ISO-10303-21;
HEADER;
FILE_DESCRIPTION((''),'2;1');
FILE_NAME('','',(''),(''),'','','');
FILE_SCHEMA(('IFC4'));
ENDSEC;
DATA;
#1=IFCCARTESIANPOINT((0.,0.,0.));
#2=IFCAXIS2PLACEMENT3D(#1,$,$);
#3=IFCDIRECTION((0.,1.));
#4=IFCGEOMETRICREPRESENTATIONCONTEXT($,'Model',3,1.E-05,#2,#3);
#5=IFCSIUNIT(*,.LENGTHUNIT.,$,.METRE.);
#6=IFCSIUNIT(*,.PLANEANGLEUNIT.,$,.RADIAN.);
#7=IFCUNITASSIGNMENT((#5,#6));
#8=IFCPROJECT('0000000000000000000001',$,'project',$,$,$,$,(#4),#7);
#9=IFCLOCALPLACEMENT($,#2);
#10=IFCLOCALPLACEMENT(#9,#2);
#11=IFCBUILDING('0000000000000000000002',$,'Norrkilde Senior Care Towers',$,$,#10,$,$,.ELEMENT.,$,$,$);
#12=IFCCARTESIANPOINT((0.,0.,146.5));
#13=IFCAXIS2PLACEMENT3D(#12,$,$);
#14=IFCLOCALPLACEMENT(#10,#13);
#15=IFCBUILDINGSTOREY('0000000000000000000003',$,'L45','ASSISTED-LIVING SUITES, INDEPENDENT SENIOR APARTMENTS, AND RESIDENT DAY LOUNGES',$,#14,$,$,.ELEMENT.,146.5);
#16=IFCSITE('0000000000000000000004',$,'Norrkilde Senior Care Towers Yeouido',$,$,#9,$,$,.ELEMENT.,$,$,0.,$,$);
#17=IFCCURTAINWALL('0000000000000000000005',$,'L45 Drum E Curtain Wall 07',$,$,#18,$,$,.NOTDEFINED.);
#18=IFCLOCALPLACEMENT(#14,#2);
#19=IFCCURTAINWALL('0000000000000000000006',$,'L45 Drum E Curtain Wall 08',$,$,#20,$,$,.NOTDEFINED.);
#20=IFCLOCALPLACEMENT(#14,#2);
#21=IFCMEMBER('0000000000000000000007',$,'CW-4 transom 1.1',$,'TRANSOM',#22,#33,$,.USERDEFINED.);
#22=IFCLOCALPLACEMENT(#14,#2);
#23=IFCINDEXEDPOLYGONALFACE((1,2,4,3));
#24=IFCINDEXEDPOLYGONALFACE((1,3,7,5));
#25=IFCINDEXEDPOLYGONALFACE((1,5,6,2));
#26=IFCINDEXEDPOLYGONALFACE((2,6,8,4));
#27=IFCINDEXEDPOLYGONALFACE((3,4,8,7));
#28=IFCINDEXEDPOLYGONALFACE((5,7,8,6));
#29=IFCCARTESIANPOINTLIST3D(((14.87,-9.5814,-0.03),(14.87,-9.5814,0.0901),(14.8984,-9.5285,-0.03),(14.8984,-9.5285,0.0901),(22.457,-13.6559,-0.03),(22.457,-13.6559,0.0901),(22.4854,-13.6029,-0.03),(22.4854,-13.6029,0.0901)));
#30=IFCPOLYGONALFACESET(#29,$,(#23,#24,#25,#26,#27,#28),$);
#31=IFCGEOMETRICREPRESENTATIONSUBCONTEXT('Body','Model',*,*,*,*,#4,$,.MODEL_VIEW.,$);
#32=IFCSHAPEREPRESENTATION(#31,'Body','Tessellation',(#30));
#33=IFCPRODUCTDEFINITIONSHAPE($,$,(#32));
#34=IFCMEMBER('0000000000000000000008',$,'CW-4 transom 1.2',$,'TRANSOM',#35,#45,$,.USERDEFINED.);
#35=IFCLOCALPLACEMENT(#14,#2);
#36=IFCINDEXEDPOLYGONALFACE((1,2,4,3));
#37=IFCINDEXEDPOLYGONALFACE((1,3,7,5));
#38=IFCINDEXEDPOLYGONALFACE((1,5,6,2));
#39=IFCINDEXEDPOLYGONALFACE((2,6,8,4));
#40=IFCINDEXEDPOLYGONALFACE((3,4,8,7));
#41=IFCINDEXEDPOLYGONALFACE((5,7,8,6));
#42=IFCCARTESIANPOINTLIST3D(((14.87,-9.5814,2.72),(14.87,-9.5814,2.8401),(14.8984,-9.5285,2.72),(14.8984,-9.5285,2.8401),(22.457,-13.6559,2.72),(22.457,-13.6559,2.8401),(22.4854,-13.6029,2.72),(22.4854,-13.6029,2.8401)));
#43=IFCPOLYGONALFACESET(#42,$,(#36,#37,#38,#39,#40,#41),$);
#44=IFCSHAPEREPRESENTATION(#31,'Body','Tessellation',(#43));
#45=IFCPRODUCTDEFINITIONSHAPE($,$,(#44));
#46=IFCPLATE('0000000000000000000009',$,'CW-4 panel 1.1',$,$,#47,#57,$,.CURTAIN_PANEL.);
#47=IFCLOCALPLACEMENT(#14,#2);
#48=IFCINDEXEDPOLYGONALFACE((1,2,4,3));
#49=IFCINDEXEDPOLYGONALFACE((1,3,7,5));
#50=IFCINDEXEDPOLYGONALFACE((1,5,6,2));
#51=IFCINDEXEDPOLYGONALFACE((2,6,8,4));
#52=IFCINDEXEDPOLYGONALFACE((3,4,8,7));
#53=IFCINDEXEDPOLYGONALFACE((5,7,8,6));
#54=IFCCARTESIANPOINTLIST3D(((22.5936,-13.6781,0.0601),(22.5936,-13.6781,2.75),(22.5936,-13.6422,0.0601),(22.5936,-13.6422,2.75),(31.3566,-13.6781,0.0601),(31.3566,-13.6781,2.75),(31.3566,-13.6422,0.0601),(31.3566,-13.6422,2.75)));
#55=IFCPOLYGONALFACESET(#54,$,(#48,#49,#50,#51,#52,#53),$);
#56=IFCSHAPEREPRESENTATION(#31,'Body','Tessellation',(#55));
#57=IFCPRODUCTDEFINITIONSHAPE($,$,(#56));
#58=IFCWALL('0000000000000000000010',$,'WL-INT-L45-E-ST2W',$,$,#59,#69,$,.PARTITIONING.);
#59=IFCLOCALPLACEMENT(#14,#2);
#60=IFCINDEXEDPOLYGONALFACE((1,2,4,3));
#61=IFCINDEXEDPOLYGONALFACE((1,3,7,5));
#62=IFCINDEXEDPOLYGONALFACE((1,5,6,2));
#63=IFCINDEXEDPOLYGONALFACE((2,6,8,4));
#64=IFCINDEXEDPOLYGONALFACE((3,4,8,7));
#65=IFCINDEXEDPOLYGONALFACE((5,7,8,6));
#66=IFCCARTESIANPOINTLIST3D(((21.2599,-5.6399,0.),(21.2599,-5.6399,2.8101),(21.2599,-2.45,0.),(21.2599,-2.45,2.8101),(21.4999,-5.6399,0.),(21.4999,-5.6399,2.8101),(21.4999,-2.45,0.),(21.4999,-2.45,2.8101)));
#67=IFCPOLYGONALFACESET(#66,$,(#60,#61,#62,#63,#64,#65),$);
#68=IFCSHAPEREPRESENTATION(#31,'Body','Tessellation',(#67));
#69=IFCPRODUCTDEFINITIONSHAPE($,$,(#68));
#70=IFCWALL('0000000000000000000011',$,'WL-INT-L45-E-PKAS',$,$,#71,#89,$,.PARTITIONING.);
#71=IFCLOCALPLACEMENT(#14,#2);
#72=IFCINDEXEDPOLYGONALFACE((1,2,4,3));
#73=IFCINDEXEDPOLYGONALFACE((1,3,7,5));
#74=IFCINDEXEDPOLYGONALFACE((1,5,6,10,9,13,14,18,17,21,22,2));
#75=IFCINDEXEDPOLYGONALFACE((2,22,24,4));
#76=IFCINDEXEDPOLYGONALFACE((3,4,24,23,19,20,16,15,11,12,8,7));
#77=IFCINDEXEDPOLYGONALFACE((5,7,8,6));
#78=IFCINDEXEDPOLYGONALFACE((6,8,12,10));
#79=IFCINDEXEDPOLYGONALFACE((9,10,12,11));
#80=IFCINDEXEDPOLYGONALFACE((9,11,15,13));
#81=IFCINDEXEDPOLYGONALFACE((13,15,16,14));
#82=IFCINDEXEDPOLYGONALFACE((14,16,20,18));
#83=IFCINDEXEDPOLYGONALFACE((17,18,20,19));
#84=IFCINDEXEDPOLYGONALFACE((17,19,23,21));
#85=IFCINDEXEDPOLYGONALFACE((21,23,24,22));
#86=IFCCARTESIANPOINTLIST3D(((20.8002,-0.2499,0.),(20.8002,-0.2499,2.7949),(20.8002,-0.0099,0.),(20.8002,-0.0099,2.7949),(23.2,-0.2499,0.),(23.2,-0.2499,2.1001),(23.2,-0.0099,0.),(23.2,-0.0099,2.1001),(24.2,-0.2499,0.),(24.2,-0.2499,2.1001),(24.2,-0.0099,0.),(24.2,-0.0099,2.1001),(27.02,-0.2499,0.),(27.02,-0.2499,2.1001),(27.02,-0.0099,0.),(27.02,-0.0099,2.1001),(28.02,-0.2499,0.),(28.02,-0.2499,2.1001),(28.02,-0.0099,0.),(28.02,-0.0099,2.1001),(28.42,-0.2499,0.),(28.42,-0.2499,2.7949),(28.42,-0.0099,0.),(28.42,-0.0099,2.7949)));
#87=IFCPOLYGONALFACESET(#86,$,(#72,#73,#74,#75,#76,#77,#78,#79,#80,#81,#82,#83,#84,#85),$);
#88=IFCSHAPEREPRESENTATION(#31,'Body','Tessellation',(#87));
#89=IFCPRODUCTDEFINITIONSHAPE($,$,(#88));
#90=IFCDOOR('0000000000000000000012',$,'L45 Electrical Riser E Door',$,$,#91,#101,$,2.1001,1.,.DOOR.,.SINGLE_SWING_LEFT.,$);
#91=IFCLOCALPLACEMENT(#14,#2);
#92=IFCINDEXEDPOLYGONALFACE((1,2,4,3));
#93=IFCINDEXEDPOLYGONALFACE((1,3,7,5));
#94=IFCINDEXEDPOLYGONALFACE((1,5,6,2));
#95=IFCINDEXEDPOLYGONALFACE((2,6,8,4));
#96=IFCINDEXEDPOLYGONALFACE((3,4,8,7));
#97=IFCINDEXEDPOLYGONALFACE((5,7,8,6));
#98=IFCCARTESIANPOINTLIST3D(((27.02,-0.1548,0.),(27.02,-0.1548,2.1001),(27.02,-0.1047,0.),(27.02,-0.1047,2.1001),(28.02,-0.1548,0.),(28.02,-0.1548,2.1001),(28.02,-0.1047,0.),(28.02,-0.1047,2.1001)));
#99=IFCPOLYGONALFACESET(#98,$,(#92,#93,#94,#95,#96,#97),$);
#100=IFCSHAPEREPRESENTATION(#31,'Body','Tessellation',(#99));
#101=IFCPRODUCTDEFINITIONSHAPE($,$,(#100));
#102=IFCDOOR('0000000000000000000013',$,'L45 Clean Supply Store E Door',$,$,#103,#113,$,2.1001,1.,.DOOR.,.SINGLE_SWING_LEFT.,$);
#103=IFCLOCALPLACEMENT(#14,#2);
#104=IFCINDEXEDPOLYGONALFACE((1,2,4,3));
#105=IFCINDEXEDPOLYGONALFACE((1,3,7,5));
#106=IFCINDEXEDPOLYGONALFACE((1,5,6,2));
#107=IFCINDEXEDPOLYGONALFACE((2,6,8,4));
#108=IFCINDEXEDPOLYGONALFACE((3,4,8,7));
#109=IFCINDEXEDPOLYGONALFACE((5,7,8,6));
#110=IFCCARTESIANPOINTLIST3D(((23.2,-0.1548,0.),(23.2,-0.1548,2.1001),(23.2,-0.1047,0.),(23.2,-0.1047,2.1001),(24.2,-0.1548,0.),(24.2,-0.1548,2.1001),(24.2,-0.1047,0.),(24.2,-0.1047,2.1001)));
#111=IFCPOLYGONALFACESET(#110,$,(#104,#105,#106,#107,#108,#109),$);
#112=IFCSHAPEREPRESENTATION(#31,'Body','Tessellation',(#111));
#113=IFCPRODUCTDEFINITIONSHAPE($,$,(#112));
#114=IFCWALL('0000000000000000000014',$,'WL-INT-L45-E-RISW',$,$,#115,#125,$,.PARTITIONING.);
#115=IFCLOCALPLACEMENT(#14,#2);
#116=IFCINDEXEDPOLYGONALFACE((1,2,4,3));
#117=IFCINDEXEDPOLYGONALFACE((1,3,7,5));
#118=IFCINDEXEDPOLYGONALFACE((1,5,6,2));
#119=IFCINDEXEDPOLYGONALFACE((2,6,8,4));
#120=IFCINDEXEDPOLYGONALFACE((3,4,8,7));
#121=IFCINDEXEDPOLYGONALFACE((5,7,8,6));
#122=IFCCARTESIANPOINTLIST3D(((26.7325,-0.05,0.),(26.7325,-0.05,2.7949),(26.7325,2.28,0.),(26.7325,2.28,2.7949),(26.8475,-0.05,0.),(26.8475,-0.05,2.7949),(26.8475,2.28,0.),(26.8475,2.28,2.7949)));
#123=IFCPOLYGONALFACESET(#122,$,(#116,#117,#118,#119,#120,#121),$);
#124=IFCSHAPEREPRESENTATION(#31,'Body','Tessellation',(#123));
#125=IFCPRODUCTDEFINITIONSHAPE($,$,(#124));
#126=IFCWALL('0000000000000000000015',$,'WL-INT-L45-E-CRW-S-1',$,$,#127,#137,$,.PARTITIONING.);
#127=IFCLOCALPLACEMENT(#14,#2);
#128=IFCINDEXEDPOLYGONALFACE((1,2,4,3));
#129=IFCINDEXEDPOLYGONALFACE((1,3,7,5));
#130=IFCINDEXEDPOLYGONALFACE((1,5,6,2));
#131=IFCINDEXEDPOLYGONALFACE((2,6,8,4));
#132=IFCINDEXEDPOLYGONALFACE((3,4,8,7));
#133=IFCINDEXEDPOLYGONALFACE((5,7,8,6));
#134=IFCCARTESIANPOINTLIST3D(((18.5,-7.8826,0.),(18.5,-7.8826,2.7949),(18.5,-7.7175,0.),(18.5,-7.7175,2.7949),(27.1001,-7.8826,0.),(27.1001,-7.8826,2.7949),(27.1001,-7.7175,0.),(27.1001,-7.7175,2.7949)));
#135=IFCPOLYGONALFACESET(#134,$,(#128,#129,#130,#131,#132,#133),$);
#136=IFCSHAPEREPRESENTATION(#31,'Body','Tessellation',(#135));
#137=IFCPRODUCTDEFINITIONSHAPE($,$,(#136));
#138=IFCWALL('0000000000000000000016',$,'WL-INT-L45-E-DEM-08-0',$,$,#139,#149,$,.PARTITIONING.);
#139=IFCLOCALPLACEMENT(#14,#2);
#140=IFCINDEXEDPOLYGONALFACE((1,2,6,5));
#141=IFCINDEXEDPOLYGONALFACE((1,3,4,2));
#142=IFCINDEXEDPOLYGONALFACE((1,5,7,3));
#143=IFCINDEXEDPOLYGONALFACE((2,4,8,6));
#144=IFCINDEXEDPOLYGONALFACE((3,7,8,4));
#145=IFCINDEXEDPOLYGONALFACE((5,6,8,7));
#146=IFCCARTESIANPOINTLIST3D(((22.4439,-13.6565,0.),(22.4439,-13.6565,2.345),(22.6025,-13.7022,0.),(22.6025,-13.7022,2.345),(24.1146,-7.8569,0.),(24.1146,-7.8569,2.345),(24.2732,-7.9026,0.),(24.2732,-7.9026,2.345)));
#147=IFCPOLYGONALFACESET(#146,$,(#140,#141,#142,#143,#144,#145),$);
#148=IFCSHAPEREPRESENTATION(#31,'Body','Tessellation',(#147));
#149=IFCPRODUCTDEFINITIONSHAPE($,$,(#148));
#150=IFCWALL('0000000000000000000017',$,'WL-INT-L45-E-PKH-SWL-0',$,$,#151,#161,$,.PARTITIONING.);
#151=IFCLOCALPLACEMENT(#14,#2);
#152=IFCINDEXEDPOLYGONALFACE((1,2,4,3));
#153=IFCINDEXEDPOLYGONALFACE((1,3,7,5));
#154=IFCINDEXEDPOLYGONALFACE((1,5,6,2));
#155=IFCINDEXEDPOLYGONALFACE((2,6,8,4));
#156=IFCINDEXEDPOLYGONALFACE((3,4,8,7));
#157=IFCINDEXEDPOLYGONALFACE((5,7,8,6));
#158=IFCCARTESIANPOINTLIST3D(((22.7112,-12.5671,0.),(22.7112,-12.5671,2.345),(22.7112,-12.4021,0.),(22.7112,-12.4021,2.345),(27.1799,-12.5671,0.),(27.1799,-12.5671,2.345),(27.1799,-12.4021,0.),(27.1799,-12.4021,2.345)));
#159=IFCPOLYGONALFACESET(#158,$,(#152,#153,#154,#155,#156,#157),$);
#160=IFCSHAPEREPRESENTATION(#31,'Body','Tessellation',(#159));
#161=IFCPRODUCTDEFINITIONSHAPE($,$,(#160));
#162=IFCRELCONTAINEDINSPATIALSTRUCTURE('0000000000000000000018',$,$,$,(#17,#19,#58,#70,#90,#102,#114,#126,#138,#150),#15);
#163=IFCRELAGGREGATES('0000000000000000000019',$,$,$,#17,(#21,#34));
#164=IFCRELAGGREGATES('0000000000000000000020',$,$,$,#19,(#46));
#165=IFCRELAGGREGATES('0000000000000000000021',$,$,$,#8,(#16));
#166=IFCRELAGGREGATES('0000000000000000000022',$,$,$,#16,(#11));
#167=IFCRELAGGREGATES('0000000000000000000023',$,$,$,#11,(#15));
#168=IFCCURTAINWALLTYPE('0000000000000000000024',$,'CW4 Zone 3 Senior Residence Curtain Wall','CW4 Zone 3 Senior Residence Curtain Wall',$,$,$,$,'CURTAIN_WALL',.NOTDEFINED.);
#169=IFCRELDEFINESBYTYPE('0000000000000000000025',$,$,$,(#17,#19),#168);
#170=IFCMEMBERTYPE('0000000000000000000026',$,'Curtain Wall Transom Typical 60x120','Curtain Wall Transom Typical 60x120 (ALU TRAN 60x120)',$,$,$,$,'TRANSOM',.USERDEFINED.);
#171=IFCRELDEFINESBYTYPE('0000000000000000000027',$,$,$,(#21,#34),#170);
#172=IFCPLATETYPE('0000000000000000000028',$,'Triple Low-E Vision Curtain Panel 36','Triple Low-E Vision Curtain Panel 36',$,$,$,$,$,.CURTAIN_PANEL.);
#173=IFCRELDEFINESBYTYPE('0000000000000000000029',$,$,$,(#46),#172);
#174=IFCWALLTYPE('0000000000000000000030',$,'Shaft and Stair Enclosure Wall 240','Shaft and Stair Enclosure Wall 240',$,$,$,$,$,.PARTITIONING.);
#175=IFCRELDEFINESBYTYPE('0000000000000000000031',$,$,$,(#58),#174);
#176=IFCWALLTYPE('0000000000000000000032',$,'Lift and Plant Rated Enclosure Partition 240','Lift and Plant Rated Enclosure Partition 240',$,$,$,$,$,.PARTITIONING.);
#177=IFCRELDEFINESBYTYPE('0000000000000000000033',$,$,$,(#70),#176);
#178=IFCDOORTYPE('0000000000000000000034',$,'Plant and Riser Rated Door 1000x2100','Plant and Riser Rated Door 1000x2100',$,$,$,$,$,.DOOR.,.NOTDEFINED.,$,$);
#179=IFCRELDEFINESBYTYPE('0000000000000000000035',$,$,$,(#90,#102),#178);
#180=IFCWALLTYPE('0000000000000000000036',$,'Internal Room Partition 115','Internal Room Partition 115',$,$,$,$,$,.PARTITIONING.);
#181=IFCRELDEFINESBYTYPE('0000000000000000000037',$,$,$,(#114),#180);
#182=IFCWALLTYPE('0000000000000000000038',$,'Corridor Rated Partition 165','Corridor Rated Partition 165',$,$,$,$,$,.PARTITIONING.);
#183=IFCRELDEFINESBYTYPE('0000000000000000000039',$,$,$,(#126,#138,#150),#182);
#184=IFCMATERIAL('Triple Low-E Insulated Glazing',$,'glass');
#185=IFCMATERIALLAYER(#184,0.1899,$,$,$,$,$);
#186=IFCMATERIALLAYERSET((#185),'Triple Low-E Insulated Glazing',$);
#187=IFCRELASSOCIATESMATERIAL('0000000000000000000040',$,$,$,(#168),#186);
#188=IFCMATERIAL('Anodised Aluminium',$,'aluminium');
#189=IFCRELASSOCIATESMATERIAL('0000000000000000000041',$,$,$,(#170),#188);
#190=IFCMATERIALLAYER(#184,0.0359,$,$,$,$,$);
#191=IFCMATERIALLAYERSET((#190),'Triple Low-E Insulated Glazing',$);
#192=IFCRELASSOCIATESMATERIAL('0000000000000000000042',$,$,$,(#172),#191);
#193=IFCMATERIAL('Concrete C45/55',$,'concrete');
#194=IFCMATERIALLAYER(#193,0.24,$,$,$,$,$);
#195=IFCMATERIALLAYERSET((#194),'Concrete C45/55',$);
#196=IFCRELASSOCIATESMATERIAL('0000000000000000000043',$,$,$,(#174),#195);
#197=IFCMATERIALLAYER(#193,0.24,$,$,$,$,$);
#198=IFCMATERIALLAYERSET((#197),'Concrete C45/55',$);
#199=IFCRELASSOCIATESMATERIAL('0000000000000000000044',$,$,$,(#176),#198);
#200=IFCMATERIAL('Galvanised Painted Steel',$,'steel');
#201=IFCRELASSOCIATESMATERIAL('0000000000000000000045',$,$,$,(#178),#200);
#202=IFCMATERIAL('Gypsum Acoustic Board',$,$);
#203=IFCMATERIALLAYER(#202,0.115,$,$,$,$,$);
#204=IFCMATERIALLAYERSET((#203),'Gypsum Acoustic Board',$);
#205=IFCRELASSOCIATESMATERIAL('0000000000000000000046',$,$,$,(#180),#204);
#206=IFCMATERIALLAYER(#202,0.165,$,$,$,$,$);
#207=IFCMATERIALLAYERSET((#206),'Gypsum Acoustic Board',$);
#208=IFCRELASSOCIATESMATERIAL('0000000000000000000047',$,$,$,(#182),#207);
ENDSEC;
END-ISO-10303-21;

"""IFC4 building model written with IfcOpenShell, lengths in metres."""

from ifc_helpers import new_model, si_unit, direction, frame, frame_2d, origin, origin_2d, place, context, subcontext, project, spatial, rectangle, extrude, source, transform, mapped, material, layer, layer_set, material_profile, profile_set, type_object, type_shapes, element, fill, aggregate, save


model = new_model("IFC4")

# Units and contexts
model_context = context("Model", 3, precision=1e-05, world=origin(), true_north=direction((0.0, 1.0)))
body_context = subcontext(model_context, "Body", "Model", "MODEL_VIEW")
ifc_project = project(units=[si_unit("LENGTHUNIT", "METRE"), si_unit("PLANEANGLEUNIT", "RADIAN")], contexts=[model_context])

# Site, building, storey
site_placement = place(None, origin())
site = spatial("IfcSite", under=ifc_project, at=site_placement, Name="Norrkilde Senior Care Towers Yeouido", CompositionType="ELEMENT", RefElevation=0.0)
building_placement = place(site_placement, origin())
building = spatial("IfcBuilding", under=site, at=building_placement, Name="Norrkilde Senior Care Towers", CompositionType="ELEMENT")
storey_placement = place(building_placement, frame((0.0, 0.0, 146.5)))
storey = spatial("IfcBuildingStorey", under=building, at=storey_placement, Name="L45", Description="ASSISTED-LIVING SUITES, INDEPENDENT SENIOR APARTMENTS, AND RESIDENT DAY LOUNGES", CompositionType="ELEMENT", Elevation=146.5)

# Curtain walls
ifc_material_1 = material(Name="Triple Low-E Insulated Glazing", Category="glass")
ifc_layer_1 = layer(ifc_material_1, 0.1899)
ifc_layer_set_1 = layer_set([ifc_layer_1], Name="Triple Low-E Insulated Glazing")
curtain_wall_type = type_object("IfcCurtainWallType", Name="CW4 Zone 3 Senior Residence Curtain Wall", Description="CW4 Zone 3 Senior Residence Curtain Wall", ElementType="CURTAIN_WALL", PredefinedType="NOTDEFINED", material=ifc_layer_set_1)
curtain_wall_1_placement = place(storey_placement, origin())
curtain_wall_1 = element("IfcCurtainWall", 1, at=curtain_wall_1_placement, inside=storey, type_object=curtain_wall_type, Name="L45 Drum E Curtain Wall 07", PredefinedType="NOTDEFINED")
ifc_material_2 = material(Name="Anodised Aluminium", Category="aluminium")
curtain_wall_2_placement = place(storey_placement, origin())
curtain_wall_2 = element("IfcCurtainWall", 2, at=curtain_wall_2_placement, inside=storey, type_object=curtain_wall_type, Name="L45 Drum E Curtain Wall 08", PredefinedType="NOTDEFINED")

# Members
ifc_material_profile_1 = material_profile(ifc_material_2, rectangle(XDim=0.0601, YDim=0.1201, at=origin_2d()), Name="ALU TRAN 60x120")
ifc_profile_set_1 = profile_set([ifc_material_profile_1], Name="Anodised Aluminium")
member_type_1 = type_object("IfcMemberType", Name="Curtain Wall Transom Typical 60x120", Description="Curtain Wall Transom Typical 60x120 (ALU TRAN 60x120)", ElementType="TRANSOM", PredefinedType="USERDEFINED", material=ifc_profile_set_1)
shared_shape_1 = source(origin(), body_context, "Body", "SweptSolid", [
    extrude(rectangle(XDim=0.0601, YDim=0.1201, at=origin_2d()), origin(), (0.0, 0.0, 1.0), 8.6118),
])
type_shapes(member_type_1, [shared_shape_1])
member_1_placement = place(storey_placement, frame((22.4712, -13.6294, 0.03), z_axis=(-0.880994, 0.473127, 0.0), x_axis=(-0.473127, -0.880994, 0.0)))
member_1 = element("IfcMember", 3, at=member_1_placement, type_object=member_type_1, Name="CW-4 transom 1.1", ObjectType="TRANSOM", PredefinedType="USERDEFINED", context=body_context, shape_type="MappedRepresentation", body=[
    mapped(shared_shape_1, transform((0.0, 0.0, 0.0), x_axis=(1.0, 0.0, 0.0), y_axis=(0.0, 1.0, 0.0), z_axis=(0.0, 0.0, 1.0), scale=1.0)),
])
member_2_placement = place(storey_placement, frame((22.4712, -13.6294, 2.78), z_axis=(-0.880994, 0.473127, 0.0), x_axis=(-0.473127, -0.880994, 0.0)))
member_2 = element("IfcMember", 4, at=member_2_placement, type_object=member_type_1, Name="CW-4 transom 1.2", ObjectType="TRANSOM", PredefinedType="USERDEFINED", context=body_context, shape_type="MappedRepresentation", body=[
    mapped(shared_shape_1, transform((0.0, 0.0, 0.0), x_axis=(1.0, 0.0, 0.0), y_axis=(0.0, 1.0, 0.0), z_axis=(0.0, 0.0, 1.0), scale=1.0)),
])
aggregate(curtain_wall_1, [member_1, member_2])

# Plate
ifc_layer_2 = layer(ifc_material_1, 0.0359)
ifc_layer_set_2 = layer_set([ifc_layer_2], Name="Triple Low-E Insulated Glazing")
plate_type = type_object("IfcPlateType", Name="Triple Low-E Vision Curtain Panel 36", Description="Triple Low-E Vision Curtain Panel 36", PredefinedType="CURTAIN_PANEL", material=ifc_layer_set_2)
shared_shape_2 = source(origin(), body_context, "Body", "SweptSolid", [
    extrude(rectangle(XDim=8.7629, YDim=0.0359, at=origin_2d()), origin(), (0.0, 0.0, 1.0), 2.6899),
])
type_shapes(plate_type, [shared_shape_2])
plate_placement = place(storey_placement, frame((26.9751, -13.6602, 0.0601), z_axis=(0.0, 0.0, 1.0), x_axis=(-1.0, 0.0, 0.0)))
plate = element("IfcPlate", 5, at=plate_placement, type_object=plate_type, Name="CW-4 panel 1.1", PredefinedType="CURTAIN_PANEL", context=body_context, shape_type="MappedRepresentation", body=[
    mapped(shared_shape_2, transform((0.0, 0.0, 0.0), x_axis=(1.0, 0.0, 0.0), y_axis=(0.0, 1.0, 0.0), z_axis=(0.0, 0.0, 1.0), scale=1.0)),
])
aggregate(curtain_wall_2, [plate])

# Wall
ifc_material_3 = material(Name="Concrete C45/55", Category="concrete")
ifc_layer_3 = layer(ifc_material_3, 0.24)
ifc_layer_set_3 = layer_set([ifc_layer_3], Name="Concrete C45/55")
wall_type_1 = type_object("IfcWallType", Name="Shaft and Stair Enclosure Wall 240", Description="Shaft and Stair Enclosure Wall 240", PredefinedType="PARTITIONING", material=ifc_layer_set_3)
shared_shape_3 = source(origin(), body_context, "Body", "SweptSolid", [
    extrude(rectangle(XDim=3.1899, YDim=0.24, at=frame_2d((1.595, 0.0))), origin(), (0.0, 0.0, 1.0), 2.8101),
])
type_shapes(wall_type_1, [shared_shape_3])
wall_1_placement = place(storey_placement, frame((21.3799, -5.6399, 0.0), z_axis=(0.0, 0.0, 1.0), x_axis=(0.0, 1.0, 0.0)))
element("IfcWall", 6, at=wall_1_placement, inside=storey, type_object=wall_type_1, Name="WL-INT-L45-E-ST2W", PredefinedType="PARTITIONING", context=body_context, shape_type="MappedRepresentation", body=[
    mapped(shared_shape_3, transform((0.0, 0.0, 0.0), x_axis=(1.0, 0.0, 0.0), y_axis=(0.0, 1.0, 0.0), z_axis=(0.0, 0.0, 1.0), scale=1.0)),
])

# Wall, openings, doors
ifc_layer_4 = layer(ifc_material_3, 0.24)
ifc_layer_set_4 = layer_set([ifc_layer_4], Name="Concrete C45/55")
wall_type_2 = type_object("IfcWallType", Name="Lift and Plant Rated Enclosure Partition 240", Description="Lift and Plant Rated Enclosure Partition 240", PredefinedType="PARTITIONING", material=ifc_layer_set_4)
shared_shape_4 = source(origin(), body_context, "Body", "SweptSolid", [
    extrude(rectangle(XDim=7.6199, YDim=0.24, at=frame_2d((3.8101, 0.0))), origin(), (0.0, 0.0, 1.0), 2.7949),
])
type_shapes(wall_type_2, [shared_shape_4])
wall_2_placement = place(storey_placement, frame((20.8, -0.1299, 0.0), z_axis=(0.0, 0.0, 1.0), x_axis=(1.0, 0.0, 0.0)))
wall_2 = element("IfcWall", 7, at=wall_2_placement, inside=storey, type_object=wall_type_2, Name="WL-INT-L45-E-PKAS", PredefinedType="PARTITIONING", context=body_context, shape_type="MappedRepresentation", body=[
    mapped(shared_shape_4, transform((0.0, 0.0, 0.0), x_axis=(1.0, 0.0, 0.0), y_axis=(0.0, 1.0, 0.0), z_axis=(0.0, 0.0, 1.0), scale=1.0)),
])
opening_1_placement = place(wall_2_placement, frame((6.22, 0.0, 0.0)))
opening_1 = element("IfcOpeningElement", 8, at=opening_1_placement, cuts=wall_2, PredefinedType="OPENING", context=body_context, shape_type="SweptSolid", body=[
    extrude(rectangle(XDim=1.0, YDim=2.1001, at=frame_2d((0.5, 1.05))), frame((0.0, 0.1299, 0.0), z_axis=(0.0, -1.0, 0.0), x_axis=(1.0, 0.0, 0.0)), (0.0, 0.0, 1.0), 0.26),
])
opening_2_placement = place(wall_2_placement, frame((2.3999, 0.0, 0.0)))
opening_2 = element("IfcOpeningElement", 9, at=opening_2_placement, cuts=wall_2, PredefinedType="OPENING", context=body_context, shape_type="SweptSolid", body=[
    extrude(rectangle(XDim=1.0, YDim=2.1001, at=frame_2d((0.5, 1.05))), frame((0.0, 0.1299, 0.0), z_axis=(0.0, -1.0, 0.0), x_axis=(1.0, 0.0, 0.0)), (0.0, 0.0, 1.0), 0.26),
])
ifc_material_4 = material(Name="Galvanised Painted Steel", Category="steel")
door_type = type_object("IfcDoorType", Name="Plant and Riser Rated Door 1000x2100", Description="Plant and Riser Rated Door 1000x2100", OperationType="NOTDEFINED", PredefinedType="DOOR", material=ifc_material_4)
shared_shape_5 = source(origin(), body_context, "Body", "SweptSolid", [
    extrude(rectangle(XDim=1.0, YDim=2.1001, at=frame_2d((0.5, 1.05))), frame((0.0, 0.0249, 0.0), z_axis=(0.0, -1.0, 0.0), x_axis=(1.0, 0.0, 0.0)), (0.0, 0.0, 1.0), 0.05),
])
type_shapes(door_type, [shared_shape_5])
door_1_placement = place(opening_1_placement, frame((1.0, 0.0, 0.0), z_axis=(0.0, 0.0, 1.0), x_axis=(-1.0, 0.0, 0.0)))
door_1 = element("IfcDoor", 10, at=door_1_placement, inside=storey, type_object=door_type, Name="L45 Electrical Riser E Door", OperationType="SINGLE_SWING_LEFT", OverallHeight=2.1001, OverallWidth=1.0, PredefinedType="DOOR", context=body_context, shape_type="MappedRepresentation", body=[
    mapped(shared_shape_5, transform((0.0, 0.0, 0.0), x_axis=(1.0, 0.0, 0.0), y_axis=(0.0, 1.0, 0.0), z_axis=(0.0, 0.0, 1.0), scale=1.0)),
])
fill(opening_1, door_1)
door_2_placement = place(opening_2_placement, frame((1.0, 0.0, 0.0), z_axis=(0.0, 0.0, 1.0), x_axis=(-1.0, 0.0, 0.0)))
door_2 = element("IfcDoor", 11, at=door_2_placement, inside=storey, type_object=door_type, Name="L45 Clean Supply Store E Door", OperationType="SINGLE_SWING_LEFT", OverallHeight=2.1001, OverallWidth=1.0, PredefinedType="DOOR", context=body_context, shape_type="MappedRepresentation", body=[
    mapped(shared_shape_5, transform((0.0, 0.0, 0.0), x_axis=(1.0, 0.0, 0.0), y_axis=(0.0, 1.0, 0.0), z_axis=(0.0, 0.0, 1.0), scale=1.0)),
])
fill(opening_2, door_2)

# Walls
ifc_material_5 = material(Name="Gypsum Acoustic Board")
ifc_layer_5 = layer(ifc_material_5, 0.115)
ifc_layer_set_5 = layer_set([ifc_layer_5], Name="Gypsum Acoustic Board")
wall_type_3 = type_object("IfcWallType", Name="Internal Room Partition 115", Description="Internal Room Partition 115", PredefinedType="PARTITIONING", material=ifc_layer_set_5)
shared_shape_6 = source(origin(), body_context, "Body", "SweptSolid", [
    extrude(rectangle(XDim=2.3301, YDim=0.115, at=frame_2d((1.165, 0.0))), origin(), (0.0, 0.0, 1.0), 2.7949),
])
type_shapes(wall_type_3, [shared_shape_6])
wall_3_placement = place(storey_placement, frame((26.79, -0.05, 0.0), z_axis=(0.0, 0.0, 1.0), x_axis=(0.0, 1.0, 0.0)))
element("IfcWall", 12, at=wall_3_placement, inside=storey, type_object=wall_type_3, Name="WL-INT-L45-E-RISW", PredefinedType="PARTITIONING", context=body_context, shape_type="MappedRepresentation", body=[
    mapped(shared_shape_6, transform((0.0, 0.0, 0.0), x_axis=(1.0, 0.0, 0.0), y_axis=(0.0, 1.0, 0.0), z_axis=(0.0, 0.0, 1.0), scale=1.0)),
])
ifc_layer_6 = layer(ifc_material_5, 0.165)
ifc_layer_set_6 = layer_set([ifc_layer_6], Name="Gypsum Acoustic Board")
wall_type_4 = type_object("IfcWallType", Name="Corridor Rated Partition 165", Description="Corridor Rated Partition 165", PredefinedType="PARTITIONING", material=ifc_layer_set_6)
shared_shape_7 = source(origin(), body_context, "Body", "SweptSolid", [
    extrude(rectangle(XDim=8.6001, YDim=0.165, at=frame_2d((4.3, 0.0))), origin(), (0.0, 0.0, 1.0), 2.7949),
])
wall_4_placement = place(storey_placement, frame((27.1001, -7.8, 0.0), z_axis=(0.0, 0.0, 1.0), x_axis=(-1.0, 0.0, 0.0)))
element("IfcWall", 13, at=wall_4_placement, inside=storey, type_object=wall_type_4, Name="WL-INT-L45-E-CRW-S-1", PredefinedType="PARTITIONING", context=body_context, shape_type="MappedRepresentation", body=[
    mapped(shared_shape_7, transform((0.0, 0.0, 0.0), x_axis=(1.0, 0.0, 0.0), y_axis=(0.0, 1.0, 0.0), z_axis=(0.0, 0.0, 1.0), scale=1.0)),
])
shared_shape_8 = source(origin(), body_context, "Body", "SweptSolid", [
    extrude(rectangle(XDim=6.0354, YDim=0.165, at=frame_2d((3.0176, 0.0))), origin(), (0.0, 0.0, 1.0), 2.345),
])
wall_5_placement = place(storey_placement, frame((24.1938, -7.8799, 0.0), z_axis=(0.0, 0.0, 1.0), x_axis=(-0.276809, -0.960925, 0.0)))
element("IfcWall", 14, at=wall_5_placement, inside=storey, type_object=wall_type_4, Name="WL-INT-L45-E-DEM-08-0", PredefinedType="PARTITIONING", context=body_context, shape_type="MappedRepresentation", body=[
    mapped(shared_shape_8, transform((0.0, 0.0, 0.0), x_axis=(1.0, 0.0, 0.0), y_axis=(0.0, 1.0, 0.0), z_axis=(0.0, 0.0, 1.0), scale=1.0)),
])
shared_shape_9 = source(origin(), body_context, "Body", "SweptSolid", [
    extrude(rectangle(XDim=4.4688, YDim=0.165, at=frame_2d((2.2344, 0.0))), origin(), (0.0, 0.0, 1.0), 2.345),
])
type_shapes(wall_type_4, [shared_shape_7, shared_shape_8, shared_shape_9])
wall_6_placement = place(storey_placement, frame((22.7112, -12.4846, 0.0), z_axis=(0.0, 0.0, 1.0), x_axis=(1.0, 0.0, 0.0)))
element("IfcWall", 15, at=wall_6_placement, inside=storey, type_object=wall_type_4, Name="WL-INT-L45-E-PKH-SWL-0", PredefinedType="PARTITIONING", context=body_context, shape_type="MappedRepresentation", body=[
    mapped(shared_shape_9, transform((0.0, 0.0, 0.0), x_axis=(1.0, 0.0, 0.0), y_axis=(0.0, 1.0, 0.0), z_axis=(0.0, 0.0, 1.0), scale=1.0)),
])

save(model, "model.ifc")
